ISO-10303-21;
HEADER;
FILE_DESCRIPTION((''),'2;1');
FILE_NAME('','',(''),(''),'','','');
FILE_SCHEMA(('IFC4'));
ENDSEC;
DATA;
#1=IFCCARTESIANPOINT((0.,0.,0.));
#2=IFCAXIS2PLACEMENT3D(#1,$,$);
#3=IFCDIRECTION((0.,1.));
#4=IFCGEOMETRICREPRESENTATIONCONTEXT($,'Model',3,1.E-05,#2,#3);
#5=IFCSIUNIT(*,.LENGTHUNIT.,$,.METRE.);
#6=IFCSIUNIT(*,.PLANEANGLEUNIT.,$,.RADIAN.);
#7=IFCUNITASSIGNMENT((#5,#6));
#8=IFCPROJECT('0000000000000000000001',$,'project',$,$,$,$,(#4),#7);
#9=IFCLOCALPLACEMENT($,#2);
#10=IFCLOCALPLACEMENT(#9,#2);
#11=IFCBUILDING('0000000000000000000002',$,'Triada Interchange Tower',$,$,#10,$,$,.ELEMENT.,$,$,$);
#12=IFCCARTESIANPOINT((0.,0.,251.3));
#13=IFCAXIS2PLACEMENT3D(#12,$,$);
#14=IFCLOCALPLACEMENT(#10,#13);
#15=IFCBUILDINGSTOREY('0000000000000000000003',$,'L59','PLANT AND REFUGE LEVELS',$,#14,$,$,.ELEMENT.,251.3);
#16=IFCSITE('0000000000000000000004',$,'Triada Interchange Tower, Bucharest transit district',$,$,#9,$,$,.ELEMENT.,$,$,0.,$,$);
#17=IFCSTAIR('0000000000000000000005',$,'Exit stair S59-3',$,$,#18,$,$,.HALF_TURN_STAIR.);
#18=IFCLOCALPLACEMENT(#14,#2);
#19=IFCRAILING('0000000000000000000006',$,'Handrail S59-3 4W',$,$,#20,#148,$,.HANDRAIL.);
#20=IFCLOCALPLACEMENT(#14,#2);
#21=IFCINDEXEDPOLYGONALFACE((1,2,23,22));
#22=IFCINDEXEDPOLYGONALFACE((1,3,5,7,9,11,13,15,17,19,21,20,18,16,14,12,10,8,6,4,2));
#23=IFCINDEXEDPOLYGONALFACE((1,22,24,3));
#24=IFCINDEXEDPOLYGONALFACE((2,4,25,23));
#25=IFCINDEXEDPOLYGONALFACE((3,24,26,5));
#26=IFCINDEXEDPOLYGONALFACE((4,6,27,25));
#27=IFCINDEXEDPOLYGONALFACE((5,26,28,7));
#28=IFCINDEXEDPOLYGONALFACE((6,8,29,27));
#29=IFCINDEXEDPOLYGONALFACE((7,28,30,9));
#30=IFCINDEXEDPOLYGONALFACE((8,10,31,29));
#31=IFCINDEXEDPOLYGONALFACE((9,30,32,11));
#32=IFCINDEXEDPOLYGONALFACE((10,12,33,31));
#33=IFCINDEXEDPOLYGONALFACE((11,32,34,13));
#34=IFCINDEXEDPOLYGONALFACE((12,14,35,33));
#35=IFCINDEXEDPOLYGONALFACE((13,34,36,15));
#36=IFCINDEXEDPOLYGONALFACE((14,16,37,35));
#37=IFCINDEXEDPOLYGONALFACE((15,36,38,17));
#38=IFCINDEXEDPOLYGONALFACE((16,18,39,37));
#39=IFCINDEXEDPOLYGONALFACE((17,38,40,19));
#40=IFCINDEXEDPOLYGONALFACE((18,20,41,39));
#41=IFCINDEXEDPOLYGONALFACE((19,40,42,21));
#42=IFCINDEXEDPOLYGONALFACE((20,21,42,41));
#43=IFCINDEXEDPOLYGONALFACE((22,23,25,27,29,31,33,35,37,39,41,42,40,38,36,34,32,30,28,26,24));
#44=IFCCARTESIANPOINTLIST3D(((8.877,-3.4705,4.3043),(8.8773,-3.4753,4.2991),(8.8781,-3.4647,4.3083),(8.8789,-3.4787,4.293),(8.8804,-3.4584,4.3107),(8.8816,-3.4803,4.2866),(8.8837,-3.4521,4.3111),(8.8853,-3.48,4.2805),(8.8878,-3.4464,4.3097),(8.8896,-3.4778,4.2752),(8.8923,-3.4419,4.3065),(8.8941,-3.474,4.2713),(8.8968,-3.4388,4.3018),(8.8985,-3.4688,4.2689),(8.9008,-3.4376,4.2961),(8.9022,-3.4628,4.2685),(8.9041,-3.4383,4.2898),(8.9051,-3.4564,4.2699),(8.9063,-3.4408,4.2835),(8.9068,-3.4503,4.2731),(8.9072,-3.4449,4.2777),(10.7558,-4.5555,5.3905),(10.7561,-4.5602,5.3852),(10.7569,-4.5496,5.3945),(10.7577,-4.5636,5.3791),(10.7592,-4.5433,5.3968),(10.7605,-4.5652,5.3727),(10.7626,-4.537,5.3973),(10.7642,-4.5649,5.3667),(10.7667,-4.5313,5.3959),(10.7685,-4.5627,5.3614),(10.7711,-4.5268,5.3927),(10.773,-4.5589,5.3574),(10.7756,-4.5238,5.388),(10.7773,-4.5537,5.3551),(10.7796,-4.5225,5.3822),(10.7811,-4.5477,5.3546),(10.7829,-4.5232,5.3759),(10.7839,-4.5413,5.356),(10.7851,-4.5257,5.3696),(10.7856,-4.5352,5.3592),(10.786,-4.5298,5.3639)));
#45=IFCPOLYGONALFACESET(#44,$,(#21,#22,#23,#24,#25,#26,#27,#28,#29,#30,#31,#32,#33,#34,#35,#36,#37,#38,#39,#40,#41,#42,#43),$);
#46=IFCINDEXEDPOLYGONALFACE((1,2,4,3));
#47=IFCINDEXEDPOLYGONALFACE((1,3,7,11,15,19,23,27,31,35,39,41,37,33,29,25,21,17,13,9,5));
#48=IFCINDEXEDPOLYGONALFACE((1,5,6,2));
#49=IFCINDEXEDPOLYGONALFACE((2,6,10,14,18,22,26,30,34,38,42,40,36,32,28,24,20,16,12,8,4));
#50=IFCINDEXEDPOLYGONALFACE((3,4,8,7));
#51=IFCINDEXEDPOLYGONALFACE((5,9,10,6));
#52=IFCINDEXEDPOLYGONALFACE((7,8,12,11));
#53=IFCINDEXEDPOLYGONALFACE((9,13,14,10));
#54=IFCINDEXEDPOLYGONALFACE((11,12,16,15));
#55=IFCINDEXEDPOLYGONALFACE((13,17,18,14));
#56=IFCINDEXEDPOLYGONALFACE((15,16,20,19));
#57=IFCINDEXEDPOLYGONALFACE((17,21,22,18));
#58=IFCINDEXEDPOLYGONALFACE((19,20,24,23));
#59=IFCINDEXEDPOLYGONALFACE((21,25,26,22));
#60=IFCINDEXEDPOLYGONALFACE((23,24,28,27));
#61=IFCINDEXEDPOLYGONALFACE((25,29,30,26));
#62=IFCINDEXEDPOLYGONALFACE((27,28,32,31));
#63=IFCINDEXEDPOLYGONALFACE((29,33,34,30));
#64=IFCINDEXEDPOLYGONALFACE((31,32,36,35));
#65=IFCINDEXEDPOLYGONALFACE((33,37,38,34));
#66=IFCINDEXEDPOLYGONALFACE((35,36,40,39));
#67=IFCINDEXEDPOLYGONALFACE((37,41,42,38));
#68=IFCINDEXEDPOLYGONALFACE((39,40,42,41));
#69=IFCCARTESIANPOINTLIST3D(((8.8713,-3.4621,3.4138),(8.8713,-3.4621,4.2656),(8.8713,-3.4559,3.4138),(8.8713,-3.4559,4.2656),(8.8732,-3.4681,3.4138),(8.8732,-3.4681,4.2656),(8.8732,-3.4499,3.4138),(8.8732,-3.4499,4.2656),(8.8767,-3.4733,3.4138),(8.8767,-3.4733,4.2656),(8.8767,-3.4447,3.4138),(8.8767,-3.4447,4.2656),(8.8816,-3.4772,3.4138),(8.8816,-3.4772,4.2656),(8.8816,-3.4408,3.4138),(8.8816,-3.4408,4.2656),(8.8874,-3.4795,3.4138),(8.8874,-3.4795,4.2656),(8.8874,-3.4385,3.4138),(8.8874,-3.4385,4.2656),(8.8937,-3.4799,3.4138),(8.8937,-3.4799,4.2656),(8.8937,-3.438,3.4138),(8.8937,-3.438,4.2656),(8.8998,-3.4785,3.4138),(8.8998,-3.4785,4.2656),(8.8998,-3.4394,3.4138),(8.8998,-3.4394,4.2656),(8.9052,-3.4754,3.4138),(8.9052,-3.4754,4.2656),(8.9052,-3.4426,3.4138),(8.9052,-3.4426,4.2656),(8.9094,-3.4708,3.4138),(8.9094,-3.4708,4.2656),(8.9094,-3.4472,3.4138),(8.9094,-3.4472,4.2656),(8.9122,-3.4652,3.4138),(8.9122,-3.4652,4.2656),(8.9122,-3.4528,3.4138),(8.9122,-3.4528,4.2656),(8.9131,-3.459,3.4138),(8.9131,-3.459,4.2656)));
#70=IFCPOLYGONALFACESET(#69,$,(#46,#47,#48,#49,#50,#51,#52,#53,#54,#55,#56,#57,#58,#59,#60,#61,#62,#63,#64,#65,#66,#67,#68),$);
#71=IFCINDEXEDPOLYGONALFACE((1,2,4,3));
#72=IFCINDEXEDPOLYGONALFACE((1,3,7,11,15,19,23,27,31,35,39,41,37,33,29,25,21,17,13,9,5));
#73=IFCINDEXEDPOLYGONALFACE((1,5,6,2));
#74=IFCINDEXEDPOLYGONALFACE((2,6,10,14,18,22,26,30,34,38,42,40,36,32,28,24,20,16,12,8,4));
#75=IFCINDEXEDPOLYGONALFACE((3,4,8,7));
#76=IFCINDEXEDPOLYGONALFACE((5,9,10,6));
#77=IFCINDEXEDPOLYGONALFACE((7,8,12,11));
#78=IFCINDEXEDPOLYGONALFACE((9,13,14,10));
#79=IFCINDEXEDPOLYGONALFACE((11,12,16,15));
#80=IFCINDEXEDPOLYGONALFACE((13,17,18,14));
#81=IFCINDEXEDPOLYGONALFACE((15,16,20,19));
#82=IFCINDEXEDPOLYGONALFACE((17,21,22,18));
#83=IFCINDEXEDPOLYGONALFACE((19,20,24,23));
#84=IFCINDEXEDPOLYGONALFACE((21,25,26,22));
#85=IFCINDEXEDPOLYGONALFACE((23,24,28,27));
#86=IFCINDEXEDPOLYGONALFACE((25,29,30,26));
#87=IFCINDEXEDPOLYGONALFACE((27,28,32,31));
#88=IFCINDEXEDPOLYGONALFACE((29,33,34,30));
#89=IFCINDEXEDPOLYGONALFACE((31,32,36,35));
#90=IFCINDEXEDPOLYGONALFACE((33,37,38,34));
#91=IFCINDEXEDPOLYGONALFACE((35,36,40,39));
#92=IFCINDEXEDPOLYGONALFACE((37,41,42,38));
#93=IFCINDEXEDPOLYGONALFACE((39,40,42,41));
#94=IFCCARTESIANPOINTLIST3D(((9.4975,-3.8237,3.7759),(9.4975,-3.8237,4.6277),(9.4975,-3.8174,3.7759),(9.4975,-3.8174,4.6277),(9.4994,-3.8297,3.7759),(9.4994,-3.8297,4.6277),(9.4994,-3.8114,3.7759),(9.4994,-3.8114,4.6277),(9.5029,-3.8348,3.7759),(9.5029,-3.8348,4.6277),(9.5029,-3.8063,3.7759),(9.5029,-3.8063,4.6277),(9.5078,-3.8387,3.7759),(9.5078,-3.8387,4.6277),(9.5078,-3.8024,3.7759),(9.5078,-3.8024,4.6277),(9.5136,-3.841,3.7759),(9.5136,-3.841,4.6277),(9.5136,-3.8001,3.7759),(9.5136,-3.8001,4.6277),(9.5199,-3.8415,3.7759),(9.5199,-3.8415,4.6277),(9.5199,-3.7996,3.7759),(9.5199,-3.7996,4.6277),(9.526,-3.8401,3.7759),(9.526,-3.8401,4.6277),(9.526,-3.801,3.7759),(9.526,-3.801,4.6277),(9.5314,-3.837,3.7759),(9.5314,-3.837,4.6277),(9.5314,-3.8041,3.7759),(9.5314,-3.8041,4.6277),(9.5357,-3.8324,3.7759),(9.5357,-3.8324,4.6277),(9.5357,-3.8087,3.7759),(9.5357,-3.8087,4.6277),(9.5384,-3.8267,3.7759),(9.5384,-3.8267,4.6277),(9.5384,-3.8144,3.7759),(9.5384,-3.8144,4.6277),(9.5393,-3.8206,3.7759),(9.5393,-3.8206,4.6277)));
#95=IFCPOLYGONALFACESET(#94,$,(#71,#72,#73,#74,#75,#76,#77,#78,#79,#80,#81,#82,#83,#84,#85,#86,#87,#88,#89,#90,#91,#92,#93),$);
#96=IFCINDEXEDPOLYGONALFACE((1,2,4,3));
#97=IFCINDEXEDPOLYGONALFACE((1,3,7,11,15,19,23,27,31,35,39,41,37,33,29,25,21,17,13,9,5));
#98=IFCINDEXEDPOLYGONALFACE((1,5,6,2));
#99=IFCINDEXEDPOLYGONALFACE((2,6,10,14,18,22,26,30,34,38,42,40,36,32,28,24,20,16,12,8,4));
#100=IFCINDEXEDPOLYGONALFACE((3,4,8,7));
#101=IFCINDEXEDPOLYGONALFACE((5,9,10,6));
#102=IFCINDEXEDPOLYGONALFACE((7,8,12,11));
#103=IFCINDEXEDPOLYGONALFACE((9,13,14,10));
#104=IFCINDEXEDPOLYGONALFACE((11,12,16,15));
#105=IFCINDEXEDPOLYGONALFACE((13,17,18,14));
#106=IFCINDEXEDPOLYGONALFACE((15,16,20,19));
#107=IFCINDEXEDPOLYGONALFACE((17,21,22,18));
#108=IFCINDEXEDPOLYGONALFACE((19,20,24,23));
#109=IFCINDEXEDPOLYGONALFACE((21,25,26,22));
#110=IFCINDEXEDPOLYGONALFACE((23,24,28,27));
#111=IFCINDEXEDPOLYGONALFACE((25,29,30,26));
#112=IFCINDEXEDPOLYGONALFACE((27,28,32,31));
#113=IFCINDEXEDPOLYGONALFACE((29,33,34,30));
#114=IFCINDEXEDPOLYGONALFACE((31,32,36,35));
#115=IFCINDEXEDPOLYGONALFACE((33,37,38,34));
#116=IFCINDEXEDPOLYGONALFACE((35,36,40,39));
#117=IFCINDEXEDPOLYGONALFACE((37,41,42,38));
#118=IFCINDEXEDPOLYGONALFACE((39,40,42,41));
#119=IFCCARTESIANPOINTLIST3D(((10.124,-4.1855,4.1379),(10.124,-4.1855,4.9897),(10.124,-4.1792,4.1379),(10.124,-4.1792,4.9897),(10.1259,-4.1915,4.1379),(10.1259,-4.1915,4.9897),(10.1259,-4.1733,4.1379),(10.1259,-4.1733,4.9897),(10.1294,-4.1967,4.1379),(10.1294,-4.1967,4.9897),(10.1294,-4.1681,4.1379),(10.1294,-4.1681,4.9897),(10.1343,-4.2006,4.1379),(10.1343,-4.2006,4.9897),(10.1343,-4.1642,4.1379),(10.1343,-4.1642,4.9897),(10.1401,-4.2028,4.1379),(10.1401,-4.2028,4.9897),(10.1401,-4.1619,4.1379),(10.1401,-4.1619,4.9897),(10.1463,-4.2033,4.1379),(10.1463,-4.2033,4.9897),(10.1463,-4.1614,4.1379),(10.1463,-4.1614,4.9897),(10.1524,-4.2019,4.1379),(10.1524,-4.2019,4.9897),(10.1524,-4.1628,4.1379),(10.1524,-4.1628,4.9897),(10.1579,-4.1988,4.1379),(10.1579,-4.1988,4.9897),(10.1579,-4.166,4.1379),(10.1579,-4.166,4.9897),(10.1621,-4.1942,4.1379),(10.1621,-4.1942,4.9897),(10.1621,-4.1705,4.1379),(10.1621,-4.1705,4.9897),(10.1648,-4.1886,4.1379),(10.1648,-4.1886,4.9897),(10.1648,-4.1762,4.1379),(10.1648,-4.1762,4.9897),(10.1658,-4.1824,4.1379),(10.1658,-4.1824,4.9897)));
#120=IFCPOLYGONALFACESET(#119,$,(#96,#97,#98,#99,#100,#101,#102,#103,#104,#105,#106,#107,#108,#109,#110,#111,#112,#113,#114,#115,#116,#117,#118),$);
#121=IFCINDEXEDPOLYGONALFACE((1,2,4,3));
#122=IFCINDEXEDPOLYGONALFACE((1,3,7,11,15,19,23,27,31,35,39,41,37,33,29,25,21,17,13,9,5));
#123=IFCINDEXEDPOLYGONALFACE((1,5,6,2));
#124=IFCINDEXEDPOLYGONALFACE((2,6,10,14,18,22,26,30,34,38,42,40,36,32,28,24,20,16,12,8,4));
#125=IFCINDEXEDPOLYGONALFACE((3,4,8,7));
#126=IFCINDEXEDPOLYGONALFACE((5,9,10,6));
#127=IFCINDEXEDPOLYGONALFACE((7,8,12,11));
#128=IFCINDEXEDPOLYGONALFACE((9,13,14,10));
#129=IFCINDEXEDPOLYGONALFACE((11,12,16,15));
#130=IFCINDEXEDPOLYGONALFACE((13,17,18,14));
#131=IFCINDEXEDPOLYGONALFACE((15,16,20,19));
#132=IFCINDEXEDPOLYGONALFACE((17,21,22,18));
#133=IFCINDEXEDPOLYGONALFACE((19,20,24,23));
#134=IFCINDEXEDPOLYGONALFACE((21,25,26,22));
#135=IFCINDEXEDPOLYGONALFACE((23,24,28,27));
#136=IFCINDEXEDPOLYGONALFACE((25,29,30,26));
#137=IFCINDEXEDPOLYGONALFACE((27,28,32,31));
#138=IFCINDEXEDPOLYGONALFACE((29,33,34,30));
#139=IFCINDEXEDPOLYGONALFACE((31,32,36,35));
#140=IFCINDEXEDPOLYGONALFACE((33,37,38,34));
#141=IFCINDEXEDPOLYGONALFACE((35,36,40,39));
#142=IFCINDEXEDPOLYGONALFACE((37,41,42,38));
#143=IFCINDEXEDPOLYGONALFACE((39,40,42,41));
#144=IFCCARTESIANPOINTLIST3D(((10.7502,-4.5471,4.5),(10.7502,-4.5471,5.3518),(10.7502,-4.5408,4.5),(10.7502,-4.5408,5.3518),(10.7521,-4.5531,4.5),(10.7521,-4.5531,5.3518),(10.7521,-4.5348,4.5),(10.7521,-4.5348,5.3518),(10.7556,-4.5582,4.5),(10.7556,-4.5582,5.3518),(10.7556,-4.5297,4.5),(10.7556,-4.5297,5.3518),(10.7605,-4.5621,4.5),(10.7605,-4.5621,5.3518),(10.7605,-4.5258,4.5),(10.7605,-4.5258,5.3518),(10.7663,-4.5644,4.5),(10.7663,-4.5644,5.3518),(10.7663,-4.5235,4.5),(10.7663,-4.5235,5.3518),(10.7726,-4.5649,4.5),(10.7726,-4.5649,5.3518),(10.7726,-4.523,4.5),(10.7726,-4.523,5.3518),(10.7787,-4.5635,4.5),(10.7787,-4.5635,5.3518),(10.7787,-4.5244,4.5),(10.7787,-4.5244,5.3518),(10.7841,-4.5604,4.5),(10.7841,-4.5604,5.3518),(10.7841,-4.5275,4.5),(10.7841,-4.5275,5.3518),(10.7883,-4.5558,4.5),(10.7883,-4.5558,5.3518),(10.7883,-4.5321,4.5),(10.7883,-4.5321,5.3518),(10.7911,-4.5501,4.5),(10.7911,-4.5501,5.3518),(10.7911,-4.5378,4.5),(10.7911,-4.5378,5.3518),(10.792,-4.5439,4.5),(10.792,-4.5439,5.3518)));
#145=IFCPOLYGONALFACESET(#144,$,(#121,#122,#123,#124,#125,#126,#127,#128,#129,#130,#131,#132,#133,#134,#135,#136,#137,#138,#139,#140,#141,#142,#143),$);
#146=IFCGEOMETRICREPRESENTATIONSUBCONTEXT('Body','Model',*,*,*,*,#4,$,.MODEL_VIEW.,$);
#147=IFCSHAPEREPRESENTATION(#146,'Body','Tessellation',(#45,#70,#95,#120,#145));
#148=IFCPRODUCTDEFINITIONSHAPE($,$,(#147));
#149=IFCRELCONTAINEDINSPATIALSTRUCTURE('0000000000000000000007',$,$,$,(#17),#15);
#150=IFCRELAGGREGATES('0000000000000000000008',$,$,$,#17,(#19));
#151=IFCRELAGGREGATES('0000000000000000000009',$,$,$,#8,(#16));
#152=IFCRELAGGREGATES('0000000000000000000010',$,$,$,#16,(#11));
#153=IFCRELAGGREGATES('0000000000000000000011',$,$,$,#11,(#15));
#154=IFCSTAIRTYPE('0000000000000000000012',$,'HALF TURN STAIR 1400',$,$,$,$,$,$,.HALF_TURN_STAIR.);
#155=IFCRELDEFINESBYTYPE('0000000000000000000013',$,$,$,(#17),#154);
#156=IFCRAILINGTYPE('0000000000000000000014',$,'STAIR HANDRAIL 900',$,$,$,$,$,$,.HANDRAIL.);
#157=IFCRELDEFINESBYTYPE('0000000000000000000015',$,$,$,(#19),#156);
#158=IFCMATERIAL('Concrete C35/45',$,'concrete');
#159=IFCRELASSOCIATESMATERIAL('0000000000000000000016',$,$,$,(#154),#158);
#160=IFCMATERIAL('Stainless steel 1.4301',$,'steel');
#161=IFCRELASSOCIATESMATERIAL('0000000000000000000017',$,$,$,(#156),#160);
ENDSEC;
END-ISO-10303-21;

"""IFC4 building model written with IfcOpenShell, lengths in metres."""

from ifc_helpers import new_model, si_unit, direction, frame, origin, origin_2d, place, context, subcontext, project, spatial, circle, extrude, material, type_object, element, aggregate, save


model = new_model("IFC4")

# Units and contexts
model_context = context("Model", 3, precision=1e-05, world=origin(), true_north=direction((0.0, 1.0)))
body_context = subcontext(model_context, "Body", "Model", "MODEL_VIEW")
ifc_project = project(units=[si_unit("LENGTHUNIT", "METRE"), si_unit("PLANEANGLEUNIT", "RADIAN")], contexts=[model_context])

# Site, building, storey
site_placement = place(None, origin())
site = spatial("IfcSite", under=ifc_project, at=site_placement, Name="Triada Interchange Tower, Bucharest transit district", CompositionType="ELEMENT", RefElevation=0.0)
building_placement = place(site_placement, origin())
building = spatial("IfcBuilding", under=site, at=building_placement, Name="Triada Interchange Tower", CompositionType="ELEMENT")
storey_placement = place(building_placement, frame((0.0, 0.0, 251.3)))
storey = spatial("IfcBuildingStorey", under=building, at=storey_placement, Name="L59", Description="PLANT AND REFUGE LEVELS", CompositionType="ELEMENT", Elevation=251.3)

# Shared definitions
ifc_material_1 = material(Name="Concrete C35/45", Category="concrete")

# Stair, railing
stair_type = type_object("IfcStairType", Name="HALF TURN STAIR 1400", PredefinedType="HALF_TURN_STAIR", material=ifc_material_1)
stair_placement = place(storey_placement, origin())
stair = element("IfcStair", 1, at=stair_placement, inside=storey, type_object=stair_type, Name="Exit stair S59-3", PredefinedType="HALF_TURN_STAIR")
ifc_material_2 = material(Name="Stainless steel 1.4301", Category="steel")
railing_type = type_object("IfcRailingType", Name="STAIR HANDRAIL 900", PredefinedType="HANDRAIL", material=ifc_material_2)
railing_1_placement = place(storey_placement, frame((8.8921, -3.459, 3.4138)))
railing_1 = element("IfcRailing", 2, at=railing_1_placement, type_object=railing_type, Name="Handrail S59-3 4W", PredefinedType="HANDRAIL", context=body_context, shape_type="SweptSolid", body=[
    extrude(circle(Radius=0.0239, at=origin_2d()), frame((0.0, 0.0, 0.876), z_axis=(0.774373, -0.447156, 0.447659), x_axis=(0.50006, 0.865991, 0.0)), (0.0, 0.0, 1.0), 2.4263),
    extrude(circle(Radius=0.021, at=origin_2d()), origin(), (0.0, 0.0, 1.0), 0.8518),
    extrude(circle(Radius=0.021, at=origin_2d()), frame((0.6262, -0.3616, 0.3621)), (0.0, 0.0, 1.0), 0.8518),
    extrude(circle(Radius=0.021, at=origin_2d()), frame((1.2527, -0.7234, 0.7241)), (0.0, 0.0, 1.0), 0.8518),
    extrude(circle(Radius=0.021, at=origin_2d()), frame((1.8789, -1.085, 1.0862)), (0.0, 0.0, 1.0), 0.8518),
])
aggregate(stair, [railing_1])

save(model, "model.ifc")
